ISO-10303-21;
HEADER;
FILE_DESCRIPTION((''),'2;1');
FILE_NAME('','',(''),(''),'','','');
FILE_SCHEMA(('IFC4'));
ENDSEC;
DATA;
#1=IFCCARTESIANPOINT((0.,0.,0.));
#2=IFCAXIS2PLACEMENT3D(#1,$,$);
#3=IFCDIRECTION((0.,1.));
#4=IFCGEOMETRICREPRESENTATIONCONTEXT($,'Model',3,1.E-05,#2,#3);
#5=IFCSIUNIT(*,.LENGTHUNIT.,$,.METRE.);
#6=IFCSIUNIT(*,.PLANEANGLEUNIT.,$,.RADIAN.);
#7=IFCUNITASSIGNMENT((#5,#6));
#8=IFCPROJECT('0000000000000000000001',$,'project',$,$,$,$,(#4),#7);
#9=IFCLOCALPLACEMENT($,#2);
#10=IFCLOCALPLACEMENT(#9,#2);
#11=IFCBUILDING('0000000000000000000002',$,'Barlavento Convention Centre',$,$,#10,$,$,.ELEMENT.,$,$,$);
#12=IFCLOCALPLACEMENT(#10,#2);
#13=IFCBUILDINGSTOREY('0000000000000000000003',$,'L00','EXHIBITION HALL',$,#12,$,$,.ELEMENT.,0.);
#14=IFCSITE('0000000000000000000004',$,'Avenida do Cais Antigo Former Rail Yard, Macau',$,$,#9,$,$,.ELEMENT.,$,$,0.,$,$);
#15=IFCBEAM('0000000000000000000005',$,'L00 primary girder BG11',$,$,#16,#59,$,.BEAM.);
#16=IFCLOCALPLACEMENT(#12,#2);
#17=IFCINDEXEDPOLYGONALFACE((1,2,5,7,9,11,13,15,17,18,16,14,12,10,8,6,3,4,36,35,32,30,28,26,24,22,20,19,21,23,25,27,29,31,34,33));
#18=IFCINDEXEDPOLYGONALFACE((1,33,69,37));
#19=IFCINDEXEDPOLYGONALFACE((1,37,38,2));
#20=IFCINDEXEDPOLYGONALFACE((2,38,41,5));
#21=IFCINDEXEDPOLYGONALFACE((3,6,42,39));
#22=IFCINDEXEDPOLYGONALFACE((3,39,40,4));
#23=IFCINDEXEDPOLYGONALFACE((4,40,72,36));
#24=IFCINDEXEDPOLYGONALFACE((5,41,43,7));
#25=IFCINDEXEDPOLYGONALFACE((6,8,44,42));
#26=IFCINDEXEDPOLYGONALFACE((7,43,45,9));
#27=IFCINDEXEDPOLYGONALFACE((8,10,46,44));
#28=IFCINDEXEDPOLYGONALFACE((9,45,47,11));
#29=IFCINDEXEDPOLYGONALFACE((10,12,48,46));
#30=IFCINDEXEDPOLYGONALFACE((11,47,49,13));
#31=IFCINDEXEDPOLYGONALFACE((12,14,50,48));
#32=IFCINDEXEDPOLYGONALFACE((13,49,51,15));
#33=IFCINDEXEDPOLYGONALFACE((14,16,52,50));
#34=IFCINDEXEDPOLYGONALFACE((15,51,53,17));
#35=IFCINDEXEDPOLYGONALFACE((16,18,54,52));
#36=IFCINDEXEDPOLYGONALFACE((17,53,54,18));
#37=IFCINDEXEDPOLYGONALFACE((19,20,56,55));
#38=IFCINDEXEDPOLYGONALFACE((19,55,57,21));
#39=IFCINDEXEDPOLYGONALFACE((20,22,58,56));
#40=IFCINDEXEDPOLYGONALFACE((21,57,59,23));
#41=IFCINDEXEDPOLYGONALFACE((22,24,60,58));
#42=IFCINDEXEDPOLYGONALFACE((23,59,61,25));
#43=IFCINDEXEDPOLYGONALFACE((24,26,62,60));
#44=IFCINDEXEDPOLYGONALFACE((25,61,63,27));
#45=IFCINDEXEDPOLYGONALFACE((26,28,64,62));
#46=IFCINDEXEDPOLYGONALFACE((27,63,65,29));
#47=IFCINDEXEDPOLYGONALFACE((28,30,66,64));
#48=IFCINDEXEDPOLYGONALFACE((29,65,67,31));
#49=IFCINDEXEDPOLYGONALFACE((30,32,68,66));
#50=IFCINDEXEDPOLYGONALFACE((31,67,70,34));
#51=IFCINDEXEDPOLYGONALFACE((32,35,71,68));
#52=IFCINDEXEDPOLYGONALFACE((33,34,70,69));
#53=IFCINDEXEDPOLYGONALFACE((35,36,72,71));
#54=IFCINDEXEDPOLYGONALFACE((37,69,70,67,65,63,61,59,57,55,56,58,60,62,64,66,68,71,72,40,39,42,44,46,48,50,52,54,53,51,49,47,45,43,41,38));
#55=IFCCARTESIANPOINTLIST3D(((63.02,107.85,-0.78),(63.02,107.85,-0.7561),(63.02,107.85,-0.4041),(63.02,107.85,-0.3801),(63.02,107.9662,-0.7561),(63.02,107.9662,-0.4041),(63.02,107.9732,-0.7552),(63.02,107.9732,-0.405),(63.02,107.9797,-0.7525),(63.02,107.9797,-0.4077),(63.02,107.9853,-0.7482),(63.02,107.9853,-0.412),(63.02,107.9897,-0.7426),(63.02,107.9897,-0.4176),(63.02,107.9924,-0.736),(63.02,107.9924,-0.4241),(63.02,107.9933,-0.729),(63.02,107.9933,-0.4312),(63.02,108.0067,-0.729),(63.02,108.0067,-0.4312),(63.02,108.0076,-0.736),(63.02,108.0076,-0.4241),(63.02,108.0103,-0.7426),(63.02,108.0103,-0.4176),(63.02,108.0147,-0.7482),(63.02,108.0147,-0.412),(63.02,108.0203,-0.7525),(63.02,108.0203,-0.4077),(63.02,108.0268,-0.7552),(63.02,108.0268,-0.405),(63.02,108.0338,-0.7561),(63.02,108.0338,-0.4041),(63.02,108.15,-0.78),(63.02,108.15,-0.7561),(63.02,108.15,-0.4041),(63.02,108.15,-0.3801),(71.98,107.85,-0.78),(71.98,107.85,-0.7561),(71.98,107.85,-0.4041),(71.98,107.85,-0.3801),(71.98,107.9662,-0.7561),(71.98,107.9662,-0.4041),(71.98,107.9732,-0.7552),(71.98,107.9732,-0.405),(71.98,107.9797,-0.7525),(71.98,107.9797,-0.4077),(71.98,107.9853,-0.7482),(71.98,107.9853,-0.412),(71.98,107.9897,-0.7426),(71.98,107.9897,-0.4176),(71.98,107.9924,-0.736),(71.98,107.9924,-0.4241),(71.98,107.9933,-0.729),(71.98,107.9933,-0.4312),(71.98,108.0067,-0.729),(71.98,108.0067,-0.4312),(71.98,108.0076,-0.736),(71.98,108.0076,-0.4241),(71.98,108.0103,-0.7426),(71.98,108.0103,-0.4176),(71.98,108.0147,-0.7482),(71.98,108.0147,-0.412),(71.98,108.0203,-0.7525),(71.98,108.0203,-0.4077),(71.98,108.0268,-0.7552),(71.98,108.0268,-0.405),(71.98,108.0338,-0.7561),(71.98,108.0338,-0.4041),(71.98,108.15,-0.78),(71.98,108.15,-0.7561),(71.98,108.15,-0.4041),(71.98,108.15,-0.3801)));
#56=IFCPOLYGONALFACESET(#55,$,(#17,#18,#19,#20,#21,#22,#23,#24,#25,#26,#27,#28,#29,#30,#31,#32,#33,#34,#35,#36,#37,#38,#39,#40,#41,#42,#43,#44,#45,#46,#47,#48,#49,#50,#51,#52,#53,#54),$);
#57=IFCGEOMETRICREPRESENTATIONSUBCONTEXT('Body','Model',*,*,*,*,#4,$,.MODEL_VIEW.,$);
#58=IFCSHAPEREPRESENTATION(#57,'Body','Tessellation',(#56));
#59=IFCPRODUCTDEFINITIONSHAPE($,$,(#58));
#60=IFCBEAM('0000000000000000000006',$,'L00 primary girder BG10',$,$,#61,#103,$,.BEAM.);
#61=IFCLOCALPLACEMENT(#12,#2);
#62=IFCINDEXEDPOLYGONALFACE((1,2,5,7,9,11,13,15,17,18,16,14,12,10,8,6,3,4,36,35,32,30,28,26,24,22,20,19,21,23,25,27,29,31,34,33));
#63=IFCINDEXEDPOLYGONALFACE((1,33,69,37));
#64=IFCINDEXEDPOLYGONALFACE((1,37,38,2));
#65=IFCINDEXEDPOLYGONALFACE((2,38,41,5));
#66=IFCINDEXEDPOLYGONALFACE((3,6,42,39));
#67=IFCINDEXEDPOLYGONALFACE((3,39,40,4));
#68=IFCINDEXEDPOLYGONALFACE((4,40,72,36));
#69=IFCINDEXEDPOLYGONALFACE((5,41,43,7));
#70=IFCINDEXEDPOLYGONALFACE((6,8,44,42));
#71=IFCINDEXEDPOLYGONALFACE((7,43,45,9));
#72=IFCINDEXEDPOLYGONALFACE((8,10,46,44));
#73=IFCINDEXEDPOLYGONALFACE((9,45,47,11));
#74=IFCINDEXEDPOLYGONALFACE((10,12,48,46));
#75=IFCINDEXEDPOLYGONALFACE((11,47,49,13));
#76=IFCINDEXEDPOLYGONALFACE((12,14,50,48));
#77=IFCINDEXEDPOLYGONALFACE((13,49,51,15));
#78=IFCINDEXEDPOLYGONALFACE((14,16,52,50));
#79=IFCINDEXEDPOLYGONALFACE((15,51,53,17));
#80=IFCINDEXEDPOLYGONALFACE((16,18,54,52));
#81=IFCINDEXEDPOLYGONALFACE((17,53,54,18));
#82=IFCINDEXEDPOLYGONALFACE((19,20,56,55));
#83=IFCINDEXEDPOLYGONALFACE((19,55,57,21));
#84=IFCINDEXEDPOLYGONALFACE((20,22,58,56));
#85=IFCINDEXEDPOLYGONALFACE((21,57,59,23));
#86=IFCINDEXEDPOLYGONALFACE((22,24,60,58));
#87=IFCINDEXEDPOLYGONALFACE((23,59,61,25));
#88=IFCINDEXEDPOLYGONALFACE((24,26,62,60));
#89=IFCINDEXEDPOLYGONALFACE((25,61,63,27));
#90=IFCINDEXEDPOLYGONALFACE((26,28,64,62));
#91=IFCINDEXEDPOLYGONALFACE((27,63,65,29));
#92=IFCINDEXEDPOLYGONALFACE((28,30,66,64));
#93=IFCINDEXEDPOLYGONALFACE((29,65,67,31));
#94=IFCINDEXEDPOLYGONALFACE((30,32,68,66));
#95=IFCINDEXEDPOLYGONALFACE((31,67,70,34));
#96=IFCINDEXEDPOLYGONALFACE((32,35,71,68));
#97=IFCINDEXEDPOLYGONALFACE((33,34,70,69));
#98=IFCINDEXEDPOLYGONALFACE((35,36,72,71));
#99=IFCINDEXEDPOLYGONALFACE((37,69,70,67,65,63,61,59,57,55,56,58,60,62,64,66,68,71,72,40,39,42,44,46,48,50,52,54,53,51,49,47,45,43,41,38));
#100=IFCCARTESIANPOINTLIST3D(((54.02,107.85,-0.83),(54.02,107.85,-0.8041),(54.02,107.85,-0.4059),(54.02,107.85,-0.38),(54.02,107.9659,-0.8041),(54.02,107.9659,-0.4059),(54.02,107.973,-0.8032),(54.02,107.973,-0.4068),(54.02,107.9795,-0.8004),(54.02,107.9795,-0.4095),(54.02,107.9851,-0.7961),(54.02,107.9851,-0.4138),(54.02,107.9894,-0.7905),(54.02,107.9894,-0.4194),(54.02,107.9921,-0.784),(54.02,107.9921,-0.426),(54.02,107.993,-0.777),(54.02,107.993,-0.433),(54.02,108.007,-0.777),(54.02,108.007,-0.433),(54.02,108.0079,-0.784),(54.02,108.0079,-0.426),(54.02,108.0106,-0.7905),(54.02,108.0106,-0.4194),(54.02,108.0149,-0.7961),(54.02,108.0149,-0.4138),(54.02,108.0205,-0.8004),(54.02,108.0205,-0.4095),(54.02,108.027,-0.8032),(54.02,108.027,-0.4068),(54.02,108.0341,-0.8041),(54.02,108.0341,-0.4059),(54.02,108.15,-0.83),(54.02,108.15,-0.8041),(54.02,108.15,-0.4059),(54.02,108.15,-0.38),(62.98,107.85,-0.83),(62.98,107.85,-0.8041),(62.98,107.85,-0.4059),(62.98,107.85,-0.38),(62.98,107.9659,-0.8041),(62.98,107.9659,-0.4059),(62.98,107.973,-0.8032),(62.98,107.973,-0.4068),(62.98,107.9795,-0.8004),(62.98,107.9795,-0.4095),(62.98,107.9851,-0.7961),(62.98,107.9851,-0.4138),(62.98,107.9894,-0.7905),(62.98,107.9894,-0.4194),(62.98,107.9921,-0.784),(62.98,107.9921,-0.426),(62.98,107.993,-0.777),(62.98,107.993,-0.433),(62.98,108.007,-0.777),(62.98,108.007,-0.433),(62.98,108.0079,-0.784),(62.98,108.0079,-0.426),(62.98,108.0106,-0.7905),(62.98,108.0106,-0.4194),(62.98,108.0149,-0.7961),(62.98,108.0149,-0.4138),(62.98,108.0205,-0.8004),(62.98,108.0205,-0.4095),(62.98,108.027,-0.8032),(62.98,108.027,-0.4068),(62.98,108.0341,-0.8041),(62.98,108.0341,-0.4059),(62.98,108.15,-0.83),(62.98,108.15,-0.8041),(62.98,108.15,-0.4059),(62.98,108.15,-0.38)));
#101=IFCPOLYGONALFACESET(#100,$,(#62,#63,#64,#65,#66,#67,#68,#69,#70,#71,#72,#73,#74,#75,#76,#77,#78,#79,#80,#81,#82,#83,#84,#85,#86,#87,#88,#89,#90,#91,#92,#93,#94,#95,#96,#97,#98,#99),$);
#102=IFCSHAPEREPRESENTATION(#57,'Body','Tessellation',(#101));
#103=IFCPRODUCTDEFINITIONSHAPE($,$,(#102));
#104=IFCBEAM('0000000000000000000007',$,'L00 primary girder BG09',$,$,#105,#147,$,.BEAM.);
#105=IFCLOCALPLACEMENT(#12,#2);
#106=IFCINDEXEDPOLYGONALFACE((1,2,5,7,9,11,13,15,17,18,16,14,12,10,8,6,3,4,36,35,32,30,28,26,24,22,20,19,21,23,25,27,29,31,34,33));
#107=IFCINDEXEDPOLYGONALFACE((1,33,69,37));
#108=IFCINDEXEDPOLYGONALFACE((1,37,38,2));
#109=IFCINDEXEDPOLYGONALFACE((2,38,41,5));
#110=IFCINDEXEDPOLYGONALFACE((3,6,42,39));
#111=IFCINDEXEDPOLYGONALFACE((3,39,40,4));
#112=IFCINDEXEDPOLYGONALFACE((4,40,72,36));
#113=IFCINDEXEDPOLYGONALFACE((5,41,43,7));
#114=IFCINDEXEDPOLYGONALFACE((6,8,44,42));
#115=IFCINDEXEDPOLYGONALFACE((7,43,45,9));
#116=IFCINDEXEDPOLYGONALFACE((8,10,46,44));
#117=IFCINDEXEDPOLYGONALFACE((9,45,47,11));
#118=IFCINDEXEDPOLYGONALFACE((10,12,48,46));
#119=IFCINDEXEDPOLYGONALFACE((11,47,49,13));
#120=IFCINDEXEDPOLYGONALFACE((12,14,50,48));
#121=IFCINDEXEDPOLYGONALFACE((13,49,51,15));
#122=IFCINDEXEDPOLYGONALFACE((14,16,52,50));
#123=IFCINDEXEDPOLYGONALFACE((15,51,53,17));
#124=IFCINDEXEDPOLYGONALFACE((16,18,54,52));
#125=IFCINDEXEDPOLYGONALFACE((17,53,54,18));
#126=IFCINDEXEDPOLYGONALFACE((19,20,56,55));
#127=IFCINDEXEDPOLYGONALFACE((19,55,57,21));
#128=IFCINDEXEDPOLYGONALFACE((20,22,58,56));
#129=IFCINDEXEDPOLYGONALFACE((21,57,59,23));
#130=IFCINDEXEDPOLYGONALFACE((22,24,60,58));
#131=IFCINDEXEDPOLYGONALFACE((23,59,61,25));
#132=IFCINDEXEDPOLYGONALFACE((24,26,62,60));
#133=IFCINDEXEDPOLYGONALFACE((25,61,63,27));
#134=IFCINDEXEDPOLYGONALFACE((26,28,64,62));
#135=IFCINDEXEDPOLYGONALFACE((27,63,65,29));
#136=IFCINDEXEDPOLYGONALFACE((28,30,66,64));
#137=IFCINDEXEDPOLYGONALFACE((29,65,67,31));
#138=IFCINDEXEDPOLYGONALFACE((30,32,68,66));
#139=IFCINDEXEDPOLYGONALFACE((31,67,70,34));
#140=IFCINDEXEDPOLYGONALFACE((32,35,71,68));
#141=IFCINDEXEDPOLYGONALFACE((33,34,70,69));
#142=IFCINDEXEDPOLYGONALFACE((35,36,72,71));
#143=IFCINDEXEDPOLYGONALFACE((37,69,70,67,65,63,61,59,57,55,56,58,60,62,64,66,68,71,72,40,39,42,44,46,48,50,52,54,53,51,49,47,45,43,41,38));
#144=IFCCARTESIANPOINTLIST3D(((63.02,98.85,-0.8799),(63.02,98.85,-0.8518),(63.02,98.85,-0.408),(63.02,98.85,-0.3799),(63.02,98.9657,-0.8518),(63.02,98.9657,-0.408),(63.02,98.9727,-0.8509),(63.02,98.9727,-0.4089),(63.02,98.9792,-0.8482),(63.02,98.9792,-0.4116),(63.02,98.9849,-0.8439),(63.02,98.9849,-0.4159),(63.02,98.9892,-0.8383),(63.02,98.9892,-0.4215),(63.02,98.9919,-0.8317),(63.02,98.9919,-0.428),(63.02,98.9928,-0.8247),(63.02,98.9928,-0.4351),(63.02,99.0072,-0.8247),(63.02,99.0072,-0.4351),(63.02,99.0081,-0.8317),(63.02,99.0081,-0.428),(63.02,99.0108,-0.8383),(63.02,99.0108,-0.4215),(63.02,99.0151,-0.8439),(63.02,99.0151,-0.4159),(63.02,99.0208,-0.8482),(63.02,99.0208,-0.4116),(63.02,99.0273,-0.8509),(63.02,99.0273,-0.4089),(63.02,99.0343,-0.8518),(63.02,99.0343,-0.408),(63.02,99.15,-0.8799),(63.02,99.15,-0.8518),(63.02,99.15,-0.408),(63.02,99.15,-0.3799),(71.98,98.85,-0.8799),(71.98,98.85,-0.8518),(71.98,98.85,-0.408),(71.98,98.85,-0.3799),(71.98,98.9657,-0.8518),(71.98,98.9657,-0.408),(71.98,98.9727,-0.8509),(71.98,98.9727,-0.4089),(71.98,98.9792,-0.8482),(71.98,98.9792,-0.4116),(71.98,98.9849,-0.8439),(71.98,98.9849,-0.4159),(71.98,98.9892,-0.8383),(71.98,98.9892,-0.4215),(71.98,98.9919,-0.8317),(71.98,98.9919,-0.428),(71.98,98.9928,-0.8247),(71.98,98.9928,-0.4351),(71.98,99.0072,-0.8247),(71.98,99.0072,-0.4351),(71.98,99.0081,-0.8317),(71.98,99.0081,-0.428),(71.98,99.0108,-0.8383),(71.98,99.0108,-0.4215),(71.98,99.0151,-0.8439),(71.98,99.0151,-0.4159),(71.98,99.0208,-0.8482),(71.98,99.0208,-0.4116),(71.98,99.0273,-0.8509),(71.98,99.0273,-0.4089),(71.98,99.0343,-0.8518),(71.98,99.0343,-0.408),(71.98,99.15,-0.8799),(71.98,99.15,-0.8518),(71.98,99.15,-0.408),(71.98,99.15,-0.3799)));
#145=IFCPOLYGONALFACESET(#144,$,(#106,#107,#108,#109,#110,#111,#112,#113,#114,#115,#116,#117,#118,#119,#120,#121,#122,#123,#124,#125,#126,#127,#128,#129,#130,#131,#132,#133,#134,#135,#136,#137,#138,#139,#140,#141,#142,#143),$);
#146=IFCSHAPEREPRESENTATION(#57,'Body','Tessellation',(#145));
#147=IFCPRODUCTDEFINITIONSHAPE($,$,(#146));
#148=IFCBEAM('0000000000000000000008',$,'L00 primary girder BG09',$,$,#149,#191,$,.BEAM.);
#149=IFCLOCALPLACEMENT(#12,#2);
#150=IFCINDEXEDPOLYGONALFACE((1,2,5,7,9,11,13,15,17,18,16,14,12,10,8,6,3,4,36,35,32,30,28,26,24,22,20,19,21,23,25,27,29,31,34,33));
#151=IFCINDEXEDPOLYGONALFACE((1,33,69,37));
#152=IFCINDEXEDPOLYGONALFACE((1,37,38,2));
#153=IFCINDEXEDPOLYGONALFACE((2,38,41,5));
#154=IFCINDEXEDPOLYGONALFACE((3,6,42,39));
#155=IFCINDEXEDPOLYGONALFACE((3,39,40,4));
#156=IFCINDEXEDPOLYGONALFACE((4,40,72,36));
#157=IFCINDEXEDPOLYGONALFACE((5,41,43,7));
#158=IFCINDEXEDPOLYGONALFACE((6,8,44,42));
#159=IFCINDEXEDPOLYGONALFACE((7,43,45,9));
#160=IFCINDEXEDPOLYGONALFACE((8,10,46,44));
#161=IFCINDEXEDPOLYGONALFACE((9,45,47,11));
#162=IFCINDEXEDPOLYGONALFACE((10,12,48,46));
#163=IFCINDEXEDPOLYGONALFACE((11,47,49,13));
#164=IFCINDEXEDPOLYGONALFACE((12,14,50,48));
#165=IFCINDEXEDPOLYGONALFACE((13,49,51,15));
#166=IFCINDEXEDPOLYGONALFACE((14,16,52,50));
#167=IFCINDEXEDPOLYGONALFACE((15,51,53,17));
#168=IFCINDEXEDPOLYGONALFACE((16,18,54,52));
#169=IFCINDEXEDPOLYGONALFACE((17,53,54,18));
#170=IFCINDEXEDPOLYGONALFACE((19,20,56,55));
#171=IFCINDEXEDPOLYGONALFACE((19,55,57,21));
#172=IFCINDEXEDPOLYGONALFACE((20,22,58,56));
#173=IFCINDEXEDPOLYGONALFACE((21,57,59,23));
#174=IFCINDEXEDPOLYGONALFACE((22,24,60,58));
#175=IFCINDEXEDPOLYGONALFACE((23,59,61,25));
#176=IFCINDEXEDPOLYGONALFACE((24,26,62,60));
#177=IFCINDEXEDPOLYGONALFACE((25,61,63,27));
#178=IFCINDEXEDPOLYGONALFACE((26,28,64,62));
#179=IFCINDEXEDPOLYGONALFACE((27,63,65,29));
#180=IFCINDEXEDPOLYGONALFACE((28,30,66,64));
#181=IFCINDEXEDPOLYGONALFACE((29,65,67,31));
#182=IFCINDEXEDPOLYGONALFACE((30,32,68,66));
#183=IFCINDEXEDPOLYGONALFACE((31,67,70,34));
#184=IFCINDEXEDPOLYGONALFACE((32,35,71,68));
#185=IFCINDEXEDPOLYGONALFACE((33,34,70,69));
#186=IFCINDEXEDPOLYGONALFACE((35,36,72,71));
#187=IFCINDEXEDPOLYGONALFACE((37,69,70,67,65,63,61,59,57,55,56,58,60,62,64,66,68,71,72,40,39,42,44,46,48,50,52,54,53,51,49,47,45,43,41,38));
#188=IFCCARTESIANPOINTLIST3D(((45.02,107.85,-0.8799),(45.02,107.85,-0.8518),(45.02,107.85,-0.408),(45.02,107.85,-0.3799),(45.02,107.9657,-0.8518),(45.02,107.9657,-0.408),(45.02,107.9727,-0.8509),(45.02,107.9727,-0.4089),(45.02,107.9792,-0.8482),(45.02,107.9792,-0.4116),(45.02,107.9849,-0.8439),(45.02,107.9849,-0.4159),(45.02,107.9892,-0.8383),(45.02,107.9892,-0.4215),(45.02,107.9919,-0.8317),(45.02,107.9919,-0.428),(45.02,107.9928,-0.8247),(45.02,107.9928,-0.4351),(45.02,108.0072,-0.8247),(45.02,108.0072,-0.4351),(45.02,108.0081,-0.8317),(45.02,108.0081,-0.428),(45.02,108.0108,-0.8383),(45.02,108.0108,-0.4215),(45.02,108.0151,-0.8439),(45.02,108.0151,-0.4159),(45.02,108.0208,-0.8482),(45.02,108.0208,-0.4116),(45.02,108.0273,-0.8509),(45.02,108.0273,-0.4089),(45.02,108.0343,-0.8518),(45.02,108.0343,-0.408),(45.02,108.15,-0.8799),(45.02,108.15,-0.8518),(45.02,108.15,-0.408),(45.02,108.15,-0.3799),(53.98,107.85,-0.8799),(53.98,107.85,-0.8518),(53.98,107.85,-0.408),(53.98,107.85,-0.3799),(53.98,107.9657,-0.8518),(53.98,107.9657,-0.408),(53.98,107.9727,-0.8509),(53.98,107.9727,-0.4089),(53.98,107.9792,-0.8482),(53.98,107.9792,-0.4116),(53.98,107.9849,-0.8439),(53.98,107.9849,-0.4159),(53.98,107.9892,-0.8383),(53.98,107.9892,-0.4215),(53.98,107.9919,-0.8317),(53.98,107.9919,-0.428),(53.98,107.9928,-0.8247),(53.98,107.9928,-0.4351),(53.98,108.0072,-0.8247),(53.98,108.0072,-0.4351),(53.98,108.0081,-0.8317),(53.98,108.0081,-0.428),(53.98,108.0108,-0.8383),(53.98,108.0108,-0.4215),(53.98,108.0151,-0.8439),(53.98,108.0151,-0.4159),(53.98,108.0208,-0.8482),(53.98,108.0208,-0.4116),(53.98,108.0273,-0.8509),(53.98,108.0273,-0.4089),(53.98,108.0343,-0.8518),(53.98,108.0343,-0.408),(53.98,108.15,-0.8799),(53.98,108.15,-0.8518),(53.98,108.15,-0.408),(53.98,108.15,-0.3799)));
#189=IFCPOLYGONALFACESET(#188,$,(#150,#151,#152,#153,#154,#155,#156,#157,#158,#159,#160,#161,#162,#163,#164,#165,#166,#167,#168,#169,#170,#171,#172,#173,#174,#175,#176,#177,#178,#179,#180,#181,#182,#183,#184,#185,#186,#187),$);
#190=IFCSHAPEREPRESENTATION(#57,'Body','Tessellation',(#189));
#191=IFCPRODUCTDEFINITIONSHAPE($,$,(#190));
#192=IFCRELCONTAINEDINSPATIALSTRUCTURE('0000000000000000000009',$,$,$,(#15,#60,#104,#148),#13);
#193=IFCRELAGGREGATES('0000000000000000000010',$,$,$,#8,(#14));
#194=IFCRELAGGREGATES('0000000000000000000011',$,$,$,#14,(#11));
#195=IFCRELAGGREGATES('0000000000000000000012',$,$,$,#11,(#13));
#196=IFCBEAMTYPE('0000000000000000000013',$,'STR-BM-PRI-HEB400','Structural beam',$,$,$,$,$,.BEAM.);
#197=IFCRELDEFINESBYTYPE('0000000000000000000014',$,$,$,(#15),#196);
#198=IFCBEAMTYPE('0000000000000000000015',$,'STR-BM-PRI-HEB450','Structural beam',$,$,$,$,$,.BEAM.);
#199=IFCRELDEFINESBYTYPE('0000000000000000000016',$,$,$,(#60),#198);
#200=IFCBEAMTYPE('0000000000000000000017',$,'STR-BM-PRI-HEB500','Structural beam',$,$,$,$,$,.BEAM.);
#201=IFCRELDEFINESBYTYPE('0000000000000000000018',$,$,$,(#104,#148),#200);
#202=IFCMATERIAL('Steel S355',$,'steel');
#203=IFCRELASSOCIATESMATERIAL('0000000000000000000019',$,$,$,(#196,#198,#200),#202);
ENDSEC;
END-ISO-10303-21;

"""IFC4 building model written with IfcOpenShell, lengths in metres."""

from ifc_helpers import new_model, si_unit, direction, frame, origin, origin_2d, place, context, subcontext, project, spatial, i_section, extrude, material, material_profile, profile_set, type_object, element, save


model = new_model("IFC4")

# Units and contexts
model_context = context("Model", 3, precision=1e-05, world=origin(), true_north=direction((0.0, 1.0)))
body_context = subcontext(model_context, "Body", "Model", "MODEL_VIEW")
ifc_project = project(units=[si_unit("LENGTHUNIT", "METRE"), si_unit("PLANEANGLEUNIT", "RADIAN")], contexts=[model_context])

# Site, building, storey
site_placement = place(None, origin())
site = spatial("IfcSite", under=ifc_project, at=site_placement, Name="Avenida do Cais Antigo Former Rail Yard, Macau", CompositionType="ELEMENT", RefElevation=0.0)
building_placement = place(site_placement, origin())
building = spatial("IfcBuilding", under=site, at=building_placement, Name="Barlavento Convention Centre", CompositionType="ELEMENT")
storey_placement = place(building_placement, origin())
storey = spatial("IfcBuildingStorey", under=building, at=storey_placement, Name="L00", Description="EXHIBITION HALL", CompositionType="ELEMENT", Elevation=0.0)

# Beams
ifc_material_1 = material(Name="Steel S355", Category="steel")
ifc_material_profile_1 = material_profile(ifc_material_1, i_section(OverallWidth=0.3, OverallDepth=0.3999, WebThickness=0.0134, FlangeThickness=0.0239, FilletRadius=0.0271, at=origin_2d()), Name="HEB 400")
ifc_profile_set_1 = profile_set([ifc_material_profile_1], Name="Steel S355")
beam_type_1 = type_object("IfcBeamType", Name="STR-BM-PRI-HEB400", Description="Structural beam", PredefinedType="BEAM", material=ifc_profile_set_1)
beam_1_placement = place(storey_placement, frame((63.02, 108.0, -0.5801), z_axis=(1.0, 0.0, 0.0), x_axis=(0.0, 1.0, 0.0)))
element("IfcBeam", 1, at=beam_1_placement, inside=storey, type_object=beam_type_1, Name="L00 primary girder BG11", PredefinedType="BEAM", context=body_context, shape_type="SweptSolid", body=[
    extrude(i_section(OverallWidth=0.3, OverallDepth=0.3999, WebThickness=0.0134, FlangeThickness=0.0239, FilletRadius=0.0271, at=origin_2d()), origin(), (0.0, 0.0, 1.0), 8.96),
])
ifc_material_profile_2 = material_profile(ifc_material_1, i_section(OverallWidth=0.3, OverallDepth=0.45, WebThickness=0.0139, FlangeThickness=0.0259, FilletRadius=0.0271, at=origin_2d()), Name="HEB 450")
ifc_profile_set_2 = profile_set([ifc_material_profile_2], Name="Steel S355")
beam_type_2 = type_object("IfcBeamType", Name="STR-BM-PRI-HEB450", Description="Structural beam", PredefinedType="BEAM", material=ifc_profile_set_2)
beam_2_placement = place(storey_placement, frame((54.02, 108.0, -0.605), z_axis=(1.0, 0.0, 0.0), x_axis=(0.0, 1.0, 0.0)))
element("IfcBeam", 2, at=beam_2_placement, inside=storey, type_object=beam_type_2, Name="L00 primary girder BG10", PredefinedType="BEAM", context=body_context, shape_type="SweptSolid", body=[
    extrude(i_section(OverallWidth=0.3, OverallDepth=0.45, WebThickness=0.0139, FlangeThickness=0.0259, FilletRadius=0.0271, at=origin_2d()), origin(), (0.0, 0.0, 1.0), 8.96),
])
ifc_material_profile_3 = material_profile(ifc_material_1, i_section(OverallWidth=0.3, OverallDepth=0.5, WebThickness=0.0144, FlangeThickness=0.0281, FilletRadius=0.0271, at=origin_2d()), Name="HEB 500")
ifc_profile_set_3 = profile_set([ifc_material_profile_3], Name="Steel S355")
beam_type_3 = type_object("IfcBeamType", Name="STR-BM-PRI-HEB500", Description="Structural beam", PredefinedType="BEAM", material=ifc_profile_set_3)
for number, where, z_axis, x_axis, name in (
    (3, (63.02, 99.0, -0.6299), (1.0, 0.0, 0.0), (0.0, 1.0, 0.0), "L00 primary girder BG09"),
    (4, (45.02, 108.0, -0.6299), (1.0, 0.0, 0.0), (0.0, 1.0, 0.0), "L00 primary girder BG09"),
):
    element("IfcBeam", number, at=place(storey_placement, frame(where, z_axis=z_axis, x_axis=x_axis)), inside=storey, type_object=beam_type_3, Name=name, PredefinedType="BEAM", context=body_context, shape_type="SweptSolid", body=[
        extrude(i_section(OverallWidth=0.3, OverallDepth=0.5, WebThickness=0.0144, FlangeThickness=0.0281, FilletRadius=0.0271, at=origin_2d()), origin(), (0.0, 0.0, 1.0), 8.96),
    ])

save(model, "model.ifc")
